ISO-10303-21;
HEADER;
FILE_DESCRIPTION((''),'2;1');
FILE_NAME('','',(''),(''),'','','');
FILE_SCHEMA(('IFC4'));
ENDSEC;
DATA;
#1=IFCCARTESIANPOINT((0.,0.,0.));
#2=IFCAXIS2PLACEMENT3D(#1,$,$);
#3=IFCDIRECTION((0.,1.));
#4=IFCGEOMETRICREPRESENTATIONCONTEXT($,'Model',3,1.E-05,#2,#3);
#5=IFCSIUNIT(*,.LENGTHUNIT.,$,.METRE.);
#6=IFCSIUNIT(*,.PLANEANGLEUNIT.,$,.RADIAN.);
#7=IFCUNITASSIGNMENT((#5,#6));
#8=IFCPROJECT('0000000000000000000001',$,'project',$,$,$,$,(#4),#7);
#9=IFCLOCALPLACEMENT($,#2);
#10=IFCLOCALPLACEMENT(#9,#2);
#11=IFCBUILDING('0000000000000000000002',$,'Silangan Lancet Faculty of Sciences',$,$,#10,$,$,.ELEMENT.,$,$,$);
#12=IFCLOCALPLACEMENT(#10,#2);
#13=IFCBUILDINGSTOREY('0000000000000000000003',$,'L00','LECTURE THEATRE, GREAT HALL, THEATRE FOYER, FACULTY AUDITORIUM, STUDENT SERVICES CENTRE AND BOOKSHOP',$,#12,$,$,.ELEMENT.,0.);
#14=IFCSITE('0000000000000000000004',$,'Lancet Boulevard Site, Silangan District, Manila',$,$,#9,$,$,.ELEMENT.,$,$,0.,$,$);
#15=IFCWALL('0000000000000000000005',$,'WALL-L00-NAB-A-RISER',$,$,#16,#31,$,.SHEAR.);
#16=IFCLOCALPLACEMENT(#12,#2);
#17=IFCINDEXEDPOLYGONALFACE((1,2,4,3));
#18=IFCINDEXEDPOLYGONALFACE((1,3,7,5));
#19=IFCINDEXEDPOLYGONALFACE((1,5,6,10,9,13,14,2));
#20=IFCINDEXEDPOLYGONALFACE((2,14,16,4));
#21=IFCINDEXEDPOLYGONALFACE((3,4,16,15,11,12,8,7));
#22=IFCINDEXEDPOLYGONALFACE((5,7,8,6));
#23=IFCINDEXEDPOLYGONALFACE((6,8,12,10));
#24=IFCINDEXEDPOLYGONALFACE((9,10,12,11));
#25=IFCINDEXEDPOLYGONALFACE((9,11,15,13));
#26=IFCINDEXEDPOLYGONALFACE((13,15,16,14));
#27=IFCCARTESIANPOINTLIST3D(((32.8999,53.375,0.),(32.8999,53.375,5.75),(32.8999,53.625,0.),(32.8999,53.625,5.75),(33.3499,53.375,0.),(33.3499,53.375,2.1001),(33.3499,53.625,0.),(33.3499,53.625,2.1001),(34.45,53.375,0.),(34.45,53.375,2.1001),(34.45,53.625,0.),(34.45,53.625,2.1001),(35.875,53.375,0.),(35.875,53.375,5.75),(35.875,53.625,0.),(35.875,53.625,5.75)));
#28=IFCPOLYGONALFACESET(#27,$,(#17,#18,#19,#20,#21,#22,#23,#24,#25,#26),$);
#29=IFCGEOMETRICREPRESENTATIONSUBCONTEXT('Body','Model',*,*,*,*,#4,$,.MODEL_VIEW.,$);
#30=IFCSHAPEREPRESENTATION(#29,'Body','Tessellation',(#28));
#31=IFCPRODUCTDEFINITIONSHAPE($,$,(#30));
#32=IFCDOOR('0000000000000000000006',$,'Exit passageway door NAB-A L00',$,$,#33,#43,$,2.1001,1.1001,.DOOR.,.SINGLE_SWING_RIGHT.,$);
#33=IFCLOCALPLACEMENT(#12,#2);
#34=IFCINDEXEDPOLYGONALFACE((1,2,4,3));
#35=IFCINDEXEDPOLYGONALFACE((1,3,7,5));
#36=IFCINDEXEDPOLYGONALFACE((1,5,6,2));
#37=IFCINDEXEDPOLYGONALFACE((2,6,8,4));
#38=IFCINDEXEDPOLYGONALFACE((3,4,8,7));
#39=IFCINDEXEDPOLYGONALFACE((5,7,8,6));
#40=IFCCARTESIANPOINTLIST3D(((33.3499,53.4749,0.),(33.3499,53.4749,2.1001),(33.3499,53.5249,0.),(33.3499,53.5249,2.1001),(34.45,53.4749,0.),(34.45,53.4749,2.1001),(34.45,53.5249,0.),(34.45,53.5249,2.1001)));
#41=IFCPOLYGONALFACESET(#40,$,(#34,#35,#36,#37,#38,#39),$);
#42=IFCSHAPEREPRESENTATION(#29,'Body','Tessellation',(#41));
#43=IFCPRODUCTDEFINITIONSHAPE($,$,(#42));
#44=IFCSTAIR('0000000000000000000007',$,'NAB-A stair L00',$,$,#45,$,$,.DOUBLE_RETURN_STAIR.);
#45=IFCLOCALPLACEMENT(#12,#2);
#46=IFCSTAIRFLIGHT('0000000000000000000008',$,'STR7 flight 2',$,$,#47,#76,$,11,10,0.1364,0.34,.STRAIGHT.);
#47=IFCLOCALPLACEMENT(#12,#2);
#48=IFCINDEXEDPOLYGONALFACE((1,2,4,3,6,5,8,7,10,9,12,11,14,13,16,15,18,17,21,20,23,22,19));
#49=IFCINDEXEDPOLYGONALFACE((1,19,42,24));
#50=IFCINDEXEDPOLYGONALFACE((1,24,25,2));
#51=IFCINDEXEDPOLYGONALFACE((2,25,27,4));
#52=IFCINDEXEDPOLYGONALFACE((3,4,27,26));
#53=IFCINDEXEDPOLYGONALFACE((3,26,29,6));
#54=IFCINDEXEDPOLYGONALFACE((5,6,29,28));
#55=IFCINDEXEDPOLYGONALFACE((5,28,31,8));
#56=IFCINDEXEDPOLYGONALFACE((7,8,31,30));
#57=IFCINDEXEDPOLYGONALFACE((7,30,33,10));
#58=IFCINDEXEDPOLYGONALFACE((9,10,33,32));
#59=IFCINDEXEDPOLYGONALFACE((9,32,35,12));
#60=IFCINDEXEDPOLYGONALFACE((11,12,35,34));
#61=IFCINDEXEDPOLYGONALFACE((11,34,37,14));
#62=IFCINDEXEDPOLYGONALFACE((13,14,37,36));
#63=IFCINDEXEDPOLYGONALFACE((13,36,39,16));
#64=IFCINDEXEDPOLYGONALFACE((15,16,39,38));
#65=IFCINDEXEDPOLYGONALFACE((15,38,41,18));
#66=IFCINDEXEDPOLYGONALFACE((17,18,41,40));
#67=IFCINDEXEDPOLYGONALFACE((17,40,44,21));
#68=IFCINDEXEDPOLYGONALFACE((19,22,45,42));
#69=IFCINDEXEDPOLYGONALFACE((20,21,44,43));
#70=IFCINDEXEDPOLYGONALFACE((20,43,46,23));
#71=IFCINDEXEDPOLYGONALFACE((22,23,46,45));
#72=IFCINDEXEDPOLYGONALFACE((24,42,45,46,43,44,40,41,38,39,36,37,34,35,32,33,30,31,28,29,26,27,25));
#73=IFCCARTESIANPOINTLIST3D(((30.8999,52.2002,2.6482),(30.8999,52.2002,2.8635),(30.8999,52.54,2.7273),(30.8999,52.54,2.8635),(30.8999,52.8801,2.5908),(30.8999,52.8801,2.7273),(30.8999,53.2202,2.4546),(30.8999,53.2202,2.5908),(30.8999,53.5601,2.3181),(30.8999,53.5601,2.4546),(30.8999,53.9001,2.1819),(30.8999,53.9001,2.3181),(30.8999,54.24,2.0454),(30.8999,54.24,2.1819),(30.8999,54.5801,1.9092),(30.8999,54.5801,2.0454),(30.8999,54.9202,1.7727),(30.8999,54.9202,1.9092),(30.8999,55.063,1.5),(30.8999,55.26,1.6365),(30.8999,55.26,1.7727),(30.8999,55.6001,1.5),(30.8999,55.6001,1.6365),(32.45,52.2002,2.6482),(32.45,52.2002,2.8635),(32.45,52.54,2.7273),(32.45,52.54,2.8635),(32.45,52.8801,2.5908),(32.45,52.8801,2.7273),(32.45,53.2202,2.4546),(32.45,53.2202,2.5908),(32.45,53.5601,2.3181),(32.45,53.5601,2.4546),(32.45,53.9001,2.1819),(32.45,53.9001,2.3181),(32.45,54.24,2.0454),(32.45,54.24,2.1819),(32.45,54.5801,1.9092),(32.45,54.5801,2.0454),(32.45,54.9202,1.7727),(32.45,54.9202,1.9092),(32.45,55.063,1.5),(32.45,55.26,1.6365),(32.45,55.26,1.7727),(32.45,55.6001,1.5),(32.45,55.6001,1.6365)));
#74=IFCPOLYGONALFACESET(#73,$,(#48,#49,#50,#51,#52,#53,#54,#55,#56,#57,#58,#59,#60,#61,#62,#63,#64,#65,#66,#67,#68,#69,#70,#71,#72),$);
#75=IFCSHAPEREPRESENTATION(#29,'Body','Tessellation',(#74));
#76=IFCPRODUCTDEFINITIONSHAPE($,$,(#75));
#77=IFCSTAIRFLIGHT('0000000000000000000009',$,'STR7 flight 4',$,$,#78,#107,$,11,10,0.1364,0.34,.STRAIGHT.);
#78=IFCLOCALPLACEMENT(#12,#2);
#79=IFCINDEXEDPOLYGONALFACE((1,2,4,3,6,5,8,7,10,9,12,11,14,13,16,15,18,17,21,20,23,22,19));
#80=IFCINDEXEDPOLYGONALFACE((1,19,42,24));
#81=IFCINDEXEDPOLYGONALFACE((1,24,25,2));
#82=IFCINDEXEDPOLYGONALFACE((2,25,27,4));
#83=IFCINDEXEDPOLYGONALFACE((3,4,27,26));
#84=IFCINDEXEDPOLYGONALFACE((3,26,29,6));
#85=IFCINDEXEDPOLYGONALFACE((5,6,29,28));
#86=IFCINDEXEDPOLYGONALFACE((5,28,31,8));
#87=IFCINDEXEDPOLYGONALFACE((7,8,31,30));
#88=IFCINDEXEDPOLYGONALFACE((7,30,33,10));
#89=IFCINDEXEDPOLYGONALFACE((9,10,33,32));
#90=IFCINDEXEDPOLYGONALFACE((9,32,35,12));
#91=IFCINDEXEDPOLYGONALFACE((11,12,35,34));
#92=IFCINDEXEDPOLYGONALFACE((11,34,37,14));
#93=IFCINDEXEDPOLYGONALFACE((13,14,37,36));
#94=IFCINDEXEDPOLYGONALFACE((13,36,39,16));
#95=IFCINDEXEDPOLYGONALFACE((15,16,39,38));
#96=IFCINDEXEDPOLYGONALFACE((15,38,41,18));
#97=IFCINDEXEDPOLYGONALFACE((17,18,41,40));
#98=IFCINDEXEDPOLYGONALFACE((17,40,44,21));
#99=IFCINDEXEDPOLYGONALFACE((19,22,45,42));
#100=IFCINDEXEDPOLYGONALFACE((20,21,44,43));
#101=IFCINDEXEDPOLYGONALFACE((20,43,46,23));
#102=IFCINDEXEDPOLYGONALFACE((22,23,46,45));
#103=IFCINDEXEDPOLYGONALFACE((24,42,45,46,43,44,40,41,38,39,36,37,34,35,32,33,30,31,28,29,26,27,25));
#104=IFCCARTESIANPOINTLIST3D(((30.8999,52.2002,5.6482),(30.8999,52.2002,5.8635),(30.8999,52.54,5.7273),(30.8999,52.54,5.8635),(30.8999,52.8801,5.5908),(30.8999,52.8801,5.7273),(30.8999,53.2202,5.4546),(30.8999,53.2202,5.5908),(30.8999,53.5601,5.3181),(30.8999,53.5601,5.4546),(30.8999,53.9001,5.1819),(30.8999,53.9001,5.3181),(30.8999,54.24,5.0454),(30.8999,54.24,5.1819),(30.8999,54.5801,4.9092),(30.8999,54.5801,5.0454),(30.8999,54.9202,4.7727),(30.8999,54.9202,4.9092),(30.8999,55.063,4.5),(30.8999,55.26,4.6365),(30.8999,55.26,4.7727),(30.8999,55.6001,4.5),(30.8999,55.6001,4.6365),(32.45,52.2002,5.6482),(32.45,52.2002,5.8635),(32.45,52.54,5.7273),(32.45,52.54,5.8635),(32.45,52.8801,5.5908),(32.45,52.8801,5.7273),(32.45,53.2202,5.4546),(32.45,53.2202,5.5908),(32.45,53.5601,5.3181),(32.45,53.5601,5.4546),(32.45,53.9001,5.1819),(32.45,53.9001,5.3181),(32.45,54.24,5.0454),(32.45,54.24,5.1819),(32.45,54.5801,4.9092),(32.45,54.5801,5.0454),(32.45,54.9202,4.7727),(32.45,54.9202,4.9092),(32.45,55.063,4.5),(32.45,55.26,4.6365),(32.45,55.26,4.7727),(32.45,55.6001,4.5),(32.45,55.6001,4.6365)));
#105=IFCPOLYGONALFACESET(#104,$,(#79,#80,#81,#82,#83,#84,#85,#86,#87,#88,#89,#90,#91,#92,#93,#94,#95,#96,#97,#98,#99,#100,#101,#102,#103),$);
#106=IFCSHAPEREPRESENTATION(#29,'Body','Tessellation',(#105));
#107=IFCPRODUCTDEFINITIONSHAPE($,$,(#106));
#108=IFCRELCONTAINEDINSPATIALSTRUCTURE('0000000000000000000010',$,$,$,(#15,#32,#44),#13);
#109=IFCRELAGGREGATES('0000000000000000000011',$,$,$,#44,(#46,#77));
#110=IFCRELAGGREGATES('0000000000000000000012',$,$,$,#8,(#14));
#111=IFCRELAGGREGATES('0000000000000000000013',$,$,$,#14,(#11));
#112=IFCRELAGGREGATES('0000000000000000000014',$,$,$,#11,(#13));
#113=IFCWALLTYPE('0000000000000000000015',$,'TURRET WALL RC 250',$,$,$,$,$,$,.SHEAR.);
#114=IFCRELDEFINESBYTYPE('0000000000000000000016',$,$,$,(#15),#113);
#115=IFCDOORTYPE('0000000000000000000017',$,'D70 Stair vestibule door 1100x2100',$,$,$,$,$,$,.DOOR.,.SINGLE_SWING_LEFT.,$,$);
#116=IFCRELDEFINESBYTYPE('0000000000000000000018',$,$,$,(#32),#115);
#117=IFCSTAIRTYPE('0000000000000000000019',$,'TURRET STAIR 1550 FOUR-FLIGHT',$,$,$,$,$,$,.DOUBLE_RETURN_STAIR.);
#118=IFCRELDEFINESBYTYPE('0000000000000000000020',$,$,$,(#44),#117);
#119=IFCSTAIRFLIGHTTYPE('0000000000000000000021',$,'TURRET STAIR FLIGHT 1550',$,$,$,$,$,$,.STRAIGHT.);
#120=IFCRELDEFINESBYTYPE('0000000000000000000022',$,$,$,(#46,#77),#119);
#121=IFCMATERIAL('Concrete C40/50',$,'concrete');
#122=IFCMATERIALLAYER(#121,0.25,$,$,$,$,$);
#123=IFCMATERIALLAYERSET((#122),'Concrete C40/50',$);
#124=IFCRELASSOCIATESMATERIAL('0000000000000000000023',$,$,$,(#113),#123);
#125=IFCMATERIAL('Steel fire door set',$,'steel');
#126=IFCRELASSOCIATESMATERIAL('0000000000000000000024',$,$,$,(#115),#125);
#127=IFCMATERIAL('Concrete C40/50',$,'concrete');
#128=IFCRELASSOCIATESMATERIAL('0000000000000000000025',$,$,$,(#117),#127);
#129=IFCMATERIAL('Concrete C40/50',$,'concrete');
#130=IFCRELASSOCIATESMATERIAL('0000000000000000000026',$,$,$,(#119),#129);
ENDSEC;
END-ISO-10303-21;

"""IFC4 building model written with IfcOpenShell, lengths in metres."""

from ifc_helpers import new_model, si_unit, direction, frame, frame_2d, origin, place, context, subcontext, project, spatial, polyline, rectangle, outline, extrude, material, layer, layer_set, type_object, element, fill, aggregate, save


model = new_model("IFC4")

# Units and contexts
model_context = context("Model", 3, precision=1e-05, world=origin(), true_north=direction((0.0, 1.0)))
body_context = subcontext(model_context, "Body", "Model", "MODEL_VIEW")
ifc_project = project(units=[si_unit("LENGTHUNIT", "METRE"), si_unit("PLANEANGLEUNIT", "RADIAN")], contexts=[model_context])

# Site, building, storey
site_placement = place(None, origin())
site = spatial("IfcSite", under=ifc_project, at=site_placement, Name="Lancet Boulevard Site, Silangan District, Manila", CompositionType="ELEMENT", RefElevation=0.0)
building_placement = place(site_placement, origin())
building = spatial("IfcBuilding", under=site, at=building_placement, Name="Silangan Lancet Faculty of Sciences", CompositionType="ELEMENT")
storey_placement = place(building_placement, origin())
storey = spatial("IfcBuildingStorey", under=building, at=storey_placement, Name="L00", Description="LECTURE THEATRE, GREAT HALL, THEATRE FOYER, FACULTY AUDITORIUM, STUDENT SERVICES CENTRE AND BOOKSHOP", CompositionType="ELEMENT", Elevation=0.0)

# Wall, opening, door
ifc_material_1 = material(Name="Concrete C40/50", Category="concrete")
ifc_layer_1 = layer(ifc_material_1, 0.25)
ifc_layer_set_1 = layer_set([ifc_layer_1], Name="Concrete C40/50")
wall_type_1 = type_object("IfcWallType", Name="TURRET WALL RC 250", PredefinedType="SHEAR", material=ifc_layer_set_1)
wall_1_placement = place(storey_placement, frame((32.8999, 53.5, 0.0), z_axis=(0.0, 0.0, 1.0), x_axis=(1.0, 0.0, 0.0)))
wall_1 = element("IfcWall", 1, at=wall_1_placement, inside=storey, type_object=wall_type_1, Name="WALL-L00-NAB-A-RISER", PredefinedType="SHEAR", context=body_context, shape_type="SweptSolid", body=[
    extrude(rectangle(XDim=2.9751, YDim=0.25, at=frame_2d((1.4875, 0.0))), origin(), (0.0, 0.0, 1.0), 5.75),
])
opening_1_placement = place(wall_1_placement, frame((0.45, 0.0, 0.0)))
opening_1 = element("IfcOpeningElement", 2, at=opening_1_placement, cuts=wall_1, PredefinedType="OPENING", context=body_context, shape_type="SweptSolid", body=[
    extrude(rectangle(XDim=1.1001, YDim=2.1001, at=frame_2d((0.55, 1.05))), frame((0.0, 0.135, 0.0), z_axis=(0.0, -1.0, 0.0), x_axis=(1.0, 0.0, 0.0)), (0.0, 0.0, 1.0), 0.27),
])
ifc_material_2 = material(Name="Steel fire door set", Category="steel")
door_type_1 = type_object("IfcDoorType", Name="D70 Stair vestibule door 1100x2100", OperationType="SINGLE_SWING_LEFT", PredefinedType="DOOR", material=ifc_material_2)
door_1_placement = place(opening_1_placement, origin())
door_1 = element("IfcDoor", 3, at=door_1_placement, inside=storey, type_object=door_type_1, Name="Exit passageway door NAB-A L00", OperationType="SINGLE_SWING_RIGHT", OverallHeight=2.1001, OverallWidth=1.1001, PredefinedType="DOOR", context=body_context, shape_type="SweptSolid", body=[
    extrude(rectangle(XDim=1.1001, YDim=2.1001, at=frame_2d((0.55, 1.05))), frame((0.0, 0.0249, 0.0), z_axis=(0.0, -1.0, 0.0), x_axis=(1.0, 0.0, 0.0)), (0.0, 0.0, 1.0), 0.05),
])
fill(opening_1, door_1)

# Stair, stair flights
ifc_material_3 = material(Name="Concrete C40/50", Category="concrete")
stair_type = type_object("IfcStairType", Name="TURRET STAIR 1550 FOUR-FLIGHT", PredefinedType="DOUBLE_RETURN_STAIR", material=ifc_material_3)
stair_placement = place(storey_placement, origin())
stair = element("IfcStair", 4, at=stair_placement, inside=storey, type_object=stair_type, Name="NAB-A stair L00", PredefinedType="DOUBLE_RETURN_STAIR")
ifc_material_4 = material(Name="Concrete C40/50", Category="concrete")
stair_flight_type = type_object("IfcStairFlightType", Name="TURRET STAIR FLIGHT 1550", PredefinedType="STRAIGHT", material=ifc_material_4)
stair_flight_1_placement = place(storey_placement, frame((31.675, 55.6001, 1.5), z_axis=(0.0, 0.0, 1.0), x_axis=(0.0, -1.0, 0.0)))
stair_flight_1 = element("IfcStairFlight", 5, at=stair_flight_1_placement, type_object=stair_flight_type, Name="STR7 flight 2", NumberOfRisers=11, NumberOfTreads=10, PredefinedType="STRAIGHT", RiserHeight=0.1364, TreadLength=0.34, context=body_context, shape_type="SweptSolid", body=[
    extrude(outline(polyline([(0.0, 0.0), (0.0, 0.1365), (0.3401, 0.1365), (0.3401, 0.2727), (0.6799, 0.2727), (0.6799, 0.4092), (1.02, 0.4092), (1.02, 0.5454), (1.3601, 0.5454), (1.3601, 0.6819), (1.7, 0.6819), (1.7, 0.8181), (2.04, 0.8181), (2.04, 0.9546), (2.3799, 0.9546), (2.3799, 1.0908), (2.72, 1.0908), (2.72, 1.2273), (3.0601, 1.2273), (3.0601, 1.3635), (3.3999, 1.3635), (3.3999, 1.5), (3.3999, 1.1482), (0.5371, 0.0), (0.0, 0.0)])), frame((0.0, 0.7749, 0.0), z_axis=(0.0, -1.0, 0.0), x_axis=(1.0, 0.0, 0.0)), (0.0, 0.0, 1.0), 1.55),
])
stair_flight_2_placement = place(storey_placement, frame((31.675, 55.6001, 4.5), z_axis=(0.0, 0.0, 1.0), x_axis=(0.0, -1.0, 0.0)))
stair_flight_2 = element("IfcStairFlight", 6, at=stair_flight_2_placement, type_object=stair_flight_type, Name="STR7 flight 4", NumberOfRisers=11, NumberOfTreads=10, PredefinedType="STRAIGHT", RiserHeight=0.1364, TreadLength=0.34, context=body_context, shape_type="SweptSolid", body=[
    extrude(outline(polyline([(0.0, 0.0), (0.0, 0.1365), (0.3401, 0.1365), (0.3401, 0.2727), (0.6799, 0.2727), (0.6799, 0.4092), (1.02, 0.4092), (1.02, 0.5454), (1.3601, 0.5454), (1.3601, 0.6819), (1.7, 0.6819), (1.7, 0.8181), (2.04, 0.8181), (2.04, 0.9546), (2.3799, 0.9546), (2.3799, 1.0908), (2.72, 1.0908), (2.72, 1.2273), (3.0601, 1.2273), (3.0601, 1.3635), (3.3999, 1.3635), (3.3999, 1.5), (3.3999, 1.1482), (0.5371, 0.0), (0.0, 0.0)])), frame((0.0, 0.7749, 0.0), z_axis=(0.0, -1.0, 0.0), x_axis=(1.0, 0.0, 0.0)), (0.0, 0.0, 1.0), 1.55),
])
aggregate(stair, [stair_flight_1, stair_flight_2])

save(model, "model.ifc")
